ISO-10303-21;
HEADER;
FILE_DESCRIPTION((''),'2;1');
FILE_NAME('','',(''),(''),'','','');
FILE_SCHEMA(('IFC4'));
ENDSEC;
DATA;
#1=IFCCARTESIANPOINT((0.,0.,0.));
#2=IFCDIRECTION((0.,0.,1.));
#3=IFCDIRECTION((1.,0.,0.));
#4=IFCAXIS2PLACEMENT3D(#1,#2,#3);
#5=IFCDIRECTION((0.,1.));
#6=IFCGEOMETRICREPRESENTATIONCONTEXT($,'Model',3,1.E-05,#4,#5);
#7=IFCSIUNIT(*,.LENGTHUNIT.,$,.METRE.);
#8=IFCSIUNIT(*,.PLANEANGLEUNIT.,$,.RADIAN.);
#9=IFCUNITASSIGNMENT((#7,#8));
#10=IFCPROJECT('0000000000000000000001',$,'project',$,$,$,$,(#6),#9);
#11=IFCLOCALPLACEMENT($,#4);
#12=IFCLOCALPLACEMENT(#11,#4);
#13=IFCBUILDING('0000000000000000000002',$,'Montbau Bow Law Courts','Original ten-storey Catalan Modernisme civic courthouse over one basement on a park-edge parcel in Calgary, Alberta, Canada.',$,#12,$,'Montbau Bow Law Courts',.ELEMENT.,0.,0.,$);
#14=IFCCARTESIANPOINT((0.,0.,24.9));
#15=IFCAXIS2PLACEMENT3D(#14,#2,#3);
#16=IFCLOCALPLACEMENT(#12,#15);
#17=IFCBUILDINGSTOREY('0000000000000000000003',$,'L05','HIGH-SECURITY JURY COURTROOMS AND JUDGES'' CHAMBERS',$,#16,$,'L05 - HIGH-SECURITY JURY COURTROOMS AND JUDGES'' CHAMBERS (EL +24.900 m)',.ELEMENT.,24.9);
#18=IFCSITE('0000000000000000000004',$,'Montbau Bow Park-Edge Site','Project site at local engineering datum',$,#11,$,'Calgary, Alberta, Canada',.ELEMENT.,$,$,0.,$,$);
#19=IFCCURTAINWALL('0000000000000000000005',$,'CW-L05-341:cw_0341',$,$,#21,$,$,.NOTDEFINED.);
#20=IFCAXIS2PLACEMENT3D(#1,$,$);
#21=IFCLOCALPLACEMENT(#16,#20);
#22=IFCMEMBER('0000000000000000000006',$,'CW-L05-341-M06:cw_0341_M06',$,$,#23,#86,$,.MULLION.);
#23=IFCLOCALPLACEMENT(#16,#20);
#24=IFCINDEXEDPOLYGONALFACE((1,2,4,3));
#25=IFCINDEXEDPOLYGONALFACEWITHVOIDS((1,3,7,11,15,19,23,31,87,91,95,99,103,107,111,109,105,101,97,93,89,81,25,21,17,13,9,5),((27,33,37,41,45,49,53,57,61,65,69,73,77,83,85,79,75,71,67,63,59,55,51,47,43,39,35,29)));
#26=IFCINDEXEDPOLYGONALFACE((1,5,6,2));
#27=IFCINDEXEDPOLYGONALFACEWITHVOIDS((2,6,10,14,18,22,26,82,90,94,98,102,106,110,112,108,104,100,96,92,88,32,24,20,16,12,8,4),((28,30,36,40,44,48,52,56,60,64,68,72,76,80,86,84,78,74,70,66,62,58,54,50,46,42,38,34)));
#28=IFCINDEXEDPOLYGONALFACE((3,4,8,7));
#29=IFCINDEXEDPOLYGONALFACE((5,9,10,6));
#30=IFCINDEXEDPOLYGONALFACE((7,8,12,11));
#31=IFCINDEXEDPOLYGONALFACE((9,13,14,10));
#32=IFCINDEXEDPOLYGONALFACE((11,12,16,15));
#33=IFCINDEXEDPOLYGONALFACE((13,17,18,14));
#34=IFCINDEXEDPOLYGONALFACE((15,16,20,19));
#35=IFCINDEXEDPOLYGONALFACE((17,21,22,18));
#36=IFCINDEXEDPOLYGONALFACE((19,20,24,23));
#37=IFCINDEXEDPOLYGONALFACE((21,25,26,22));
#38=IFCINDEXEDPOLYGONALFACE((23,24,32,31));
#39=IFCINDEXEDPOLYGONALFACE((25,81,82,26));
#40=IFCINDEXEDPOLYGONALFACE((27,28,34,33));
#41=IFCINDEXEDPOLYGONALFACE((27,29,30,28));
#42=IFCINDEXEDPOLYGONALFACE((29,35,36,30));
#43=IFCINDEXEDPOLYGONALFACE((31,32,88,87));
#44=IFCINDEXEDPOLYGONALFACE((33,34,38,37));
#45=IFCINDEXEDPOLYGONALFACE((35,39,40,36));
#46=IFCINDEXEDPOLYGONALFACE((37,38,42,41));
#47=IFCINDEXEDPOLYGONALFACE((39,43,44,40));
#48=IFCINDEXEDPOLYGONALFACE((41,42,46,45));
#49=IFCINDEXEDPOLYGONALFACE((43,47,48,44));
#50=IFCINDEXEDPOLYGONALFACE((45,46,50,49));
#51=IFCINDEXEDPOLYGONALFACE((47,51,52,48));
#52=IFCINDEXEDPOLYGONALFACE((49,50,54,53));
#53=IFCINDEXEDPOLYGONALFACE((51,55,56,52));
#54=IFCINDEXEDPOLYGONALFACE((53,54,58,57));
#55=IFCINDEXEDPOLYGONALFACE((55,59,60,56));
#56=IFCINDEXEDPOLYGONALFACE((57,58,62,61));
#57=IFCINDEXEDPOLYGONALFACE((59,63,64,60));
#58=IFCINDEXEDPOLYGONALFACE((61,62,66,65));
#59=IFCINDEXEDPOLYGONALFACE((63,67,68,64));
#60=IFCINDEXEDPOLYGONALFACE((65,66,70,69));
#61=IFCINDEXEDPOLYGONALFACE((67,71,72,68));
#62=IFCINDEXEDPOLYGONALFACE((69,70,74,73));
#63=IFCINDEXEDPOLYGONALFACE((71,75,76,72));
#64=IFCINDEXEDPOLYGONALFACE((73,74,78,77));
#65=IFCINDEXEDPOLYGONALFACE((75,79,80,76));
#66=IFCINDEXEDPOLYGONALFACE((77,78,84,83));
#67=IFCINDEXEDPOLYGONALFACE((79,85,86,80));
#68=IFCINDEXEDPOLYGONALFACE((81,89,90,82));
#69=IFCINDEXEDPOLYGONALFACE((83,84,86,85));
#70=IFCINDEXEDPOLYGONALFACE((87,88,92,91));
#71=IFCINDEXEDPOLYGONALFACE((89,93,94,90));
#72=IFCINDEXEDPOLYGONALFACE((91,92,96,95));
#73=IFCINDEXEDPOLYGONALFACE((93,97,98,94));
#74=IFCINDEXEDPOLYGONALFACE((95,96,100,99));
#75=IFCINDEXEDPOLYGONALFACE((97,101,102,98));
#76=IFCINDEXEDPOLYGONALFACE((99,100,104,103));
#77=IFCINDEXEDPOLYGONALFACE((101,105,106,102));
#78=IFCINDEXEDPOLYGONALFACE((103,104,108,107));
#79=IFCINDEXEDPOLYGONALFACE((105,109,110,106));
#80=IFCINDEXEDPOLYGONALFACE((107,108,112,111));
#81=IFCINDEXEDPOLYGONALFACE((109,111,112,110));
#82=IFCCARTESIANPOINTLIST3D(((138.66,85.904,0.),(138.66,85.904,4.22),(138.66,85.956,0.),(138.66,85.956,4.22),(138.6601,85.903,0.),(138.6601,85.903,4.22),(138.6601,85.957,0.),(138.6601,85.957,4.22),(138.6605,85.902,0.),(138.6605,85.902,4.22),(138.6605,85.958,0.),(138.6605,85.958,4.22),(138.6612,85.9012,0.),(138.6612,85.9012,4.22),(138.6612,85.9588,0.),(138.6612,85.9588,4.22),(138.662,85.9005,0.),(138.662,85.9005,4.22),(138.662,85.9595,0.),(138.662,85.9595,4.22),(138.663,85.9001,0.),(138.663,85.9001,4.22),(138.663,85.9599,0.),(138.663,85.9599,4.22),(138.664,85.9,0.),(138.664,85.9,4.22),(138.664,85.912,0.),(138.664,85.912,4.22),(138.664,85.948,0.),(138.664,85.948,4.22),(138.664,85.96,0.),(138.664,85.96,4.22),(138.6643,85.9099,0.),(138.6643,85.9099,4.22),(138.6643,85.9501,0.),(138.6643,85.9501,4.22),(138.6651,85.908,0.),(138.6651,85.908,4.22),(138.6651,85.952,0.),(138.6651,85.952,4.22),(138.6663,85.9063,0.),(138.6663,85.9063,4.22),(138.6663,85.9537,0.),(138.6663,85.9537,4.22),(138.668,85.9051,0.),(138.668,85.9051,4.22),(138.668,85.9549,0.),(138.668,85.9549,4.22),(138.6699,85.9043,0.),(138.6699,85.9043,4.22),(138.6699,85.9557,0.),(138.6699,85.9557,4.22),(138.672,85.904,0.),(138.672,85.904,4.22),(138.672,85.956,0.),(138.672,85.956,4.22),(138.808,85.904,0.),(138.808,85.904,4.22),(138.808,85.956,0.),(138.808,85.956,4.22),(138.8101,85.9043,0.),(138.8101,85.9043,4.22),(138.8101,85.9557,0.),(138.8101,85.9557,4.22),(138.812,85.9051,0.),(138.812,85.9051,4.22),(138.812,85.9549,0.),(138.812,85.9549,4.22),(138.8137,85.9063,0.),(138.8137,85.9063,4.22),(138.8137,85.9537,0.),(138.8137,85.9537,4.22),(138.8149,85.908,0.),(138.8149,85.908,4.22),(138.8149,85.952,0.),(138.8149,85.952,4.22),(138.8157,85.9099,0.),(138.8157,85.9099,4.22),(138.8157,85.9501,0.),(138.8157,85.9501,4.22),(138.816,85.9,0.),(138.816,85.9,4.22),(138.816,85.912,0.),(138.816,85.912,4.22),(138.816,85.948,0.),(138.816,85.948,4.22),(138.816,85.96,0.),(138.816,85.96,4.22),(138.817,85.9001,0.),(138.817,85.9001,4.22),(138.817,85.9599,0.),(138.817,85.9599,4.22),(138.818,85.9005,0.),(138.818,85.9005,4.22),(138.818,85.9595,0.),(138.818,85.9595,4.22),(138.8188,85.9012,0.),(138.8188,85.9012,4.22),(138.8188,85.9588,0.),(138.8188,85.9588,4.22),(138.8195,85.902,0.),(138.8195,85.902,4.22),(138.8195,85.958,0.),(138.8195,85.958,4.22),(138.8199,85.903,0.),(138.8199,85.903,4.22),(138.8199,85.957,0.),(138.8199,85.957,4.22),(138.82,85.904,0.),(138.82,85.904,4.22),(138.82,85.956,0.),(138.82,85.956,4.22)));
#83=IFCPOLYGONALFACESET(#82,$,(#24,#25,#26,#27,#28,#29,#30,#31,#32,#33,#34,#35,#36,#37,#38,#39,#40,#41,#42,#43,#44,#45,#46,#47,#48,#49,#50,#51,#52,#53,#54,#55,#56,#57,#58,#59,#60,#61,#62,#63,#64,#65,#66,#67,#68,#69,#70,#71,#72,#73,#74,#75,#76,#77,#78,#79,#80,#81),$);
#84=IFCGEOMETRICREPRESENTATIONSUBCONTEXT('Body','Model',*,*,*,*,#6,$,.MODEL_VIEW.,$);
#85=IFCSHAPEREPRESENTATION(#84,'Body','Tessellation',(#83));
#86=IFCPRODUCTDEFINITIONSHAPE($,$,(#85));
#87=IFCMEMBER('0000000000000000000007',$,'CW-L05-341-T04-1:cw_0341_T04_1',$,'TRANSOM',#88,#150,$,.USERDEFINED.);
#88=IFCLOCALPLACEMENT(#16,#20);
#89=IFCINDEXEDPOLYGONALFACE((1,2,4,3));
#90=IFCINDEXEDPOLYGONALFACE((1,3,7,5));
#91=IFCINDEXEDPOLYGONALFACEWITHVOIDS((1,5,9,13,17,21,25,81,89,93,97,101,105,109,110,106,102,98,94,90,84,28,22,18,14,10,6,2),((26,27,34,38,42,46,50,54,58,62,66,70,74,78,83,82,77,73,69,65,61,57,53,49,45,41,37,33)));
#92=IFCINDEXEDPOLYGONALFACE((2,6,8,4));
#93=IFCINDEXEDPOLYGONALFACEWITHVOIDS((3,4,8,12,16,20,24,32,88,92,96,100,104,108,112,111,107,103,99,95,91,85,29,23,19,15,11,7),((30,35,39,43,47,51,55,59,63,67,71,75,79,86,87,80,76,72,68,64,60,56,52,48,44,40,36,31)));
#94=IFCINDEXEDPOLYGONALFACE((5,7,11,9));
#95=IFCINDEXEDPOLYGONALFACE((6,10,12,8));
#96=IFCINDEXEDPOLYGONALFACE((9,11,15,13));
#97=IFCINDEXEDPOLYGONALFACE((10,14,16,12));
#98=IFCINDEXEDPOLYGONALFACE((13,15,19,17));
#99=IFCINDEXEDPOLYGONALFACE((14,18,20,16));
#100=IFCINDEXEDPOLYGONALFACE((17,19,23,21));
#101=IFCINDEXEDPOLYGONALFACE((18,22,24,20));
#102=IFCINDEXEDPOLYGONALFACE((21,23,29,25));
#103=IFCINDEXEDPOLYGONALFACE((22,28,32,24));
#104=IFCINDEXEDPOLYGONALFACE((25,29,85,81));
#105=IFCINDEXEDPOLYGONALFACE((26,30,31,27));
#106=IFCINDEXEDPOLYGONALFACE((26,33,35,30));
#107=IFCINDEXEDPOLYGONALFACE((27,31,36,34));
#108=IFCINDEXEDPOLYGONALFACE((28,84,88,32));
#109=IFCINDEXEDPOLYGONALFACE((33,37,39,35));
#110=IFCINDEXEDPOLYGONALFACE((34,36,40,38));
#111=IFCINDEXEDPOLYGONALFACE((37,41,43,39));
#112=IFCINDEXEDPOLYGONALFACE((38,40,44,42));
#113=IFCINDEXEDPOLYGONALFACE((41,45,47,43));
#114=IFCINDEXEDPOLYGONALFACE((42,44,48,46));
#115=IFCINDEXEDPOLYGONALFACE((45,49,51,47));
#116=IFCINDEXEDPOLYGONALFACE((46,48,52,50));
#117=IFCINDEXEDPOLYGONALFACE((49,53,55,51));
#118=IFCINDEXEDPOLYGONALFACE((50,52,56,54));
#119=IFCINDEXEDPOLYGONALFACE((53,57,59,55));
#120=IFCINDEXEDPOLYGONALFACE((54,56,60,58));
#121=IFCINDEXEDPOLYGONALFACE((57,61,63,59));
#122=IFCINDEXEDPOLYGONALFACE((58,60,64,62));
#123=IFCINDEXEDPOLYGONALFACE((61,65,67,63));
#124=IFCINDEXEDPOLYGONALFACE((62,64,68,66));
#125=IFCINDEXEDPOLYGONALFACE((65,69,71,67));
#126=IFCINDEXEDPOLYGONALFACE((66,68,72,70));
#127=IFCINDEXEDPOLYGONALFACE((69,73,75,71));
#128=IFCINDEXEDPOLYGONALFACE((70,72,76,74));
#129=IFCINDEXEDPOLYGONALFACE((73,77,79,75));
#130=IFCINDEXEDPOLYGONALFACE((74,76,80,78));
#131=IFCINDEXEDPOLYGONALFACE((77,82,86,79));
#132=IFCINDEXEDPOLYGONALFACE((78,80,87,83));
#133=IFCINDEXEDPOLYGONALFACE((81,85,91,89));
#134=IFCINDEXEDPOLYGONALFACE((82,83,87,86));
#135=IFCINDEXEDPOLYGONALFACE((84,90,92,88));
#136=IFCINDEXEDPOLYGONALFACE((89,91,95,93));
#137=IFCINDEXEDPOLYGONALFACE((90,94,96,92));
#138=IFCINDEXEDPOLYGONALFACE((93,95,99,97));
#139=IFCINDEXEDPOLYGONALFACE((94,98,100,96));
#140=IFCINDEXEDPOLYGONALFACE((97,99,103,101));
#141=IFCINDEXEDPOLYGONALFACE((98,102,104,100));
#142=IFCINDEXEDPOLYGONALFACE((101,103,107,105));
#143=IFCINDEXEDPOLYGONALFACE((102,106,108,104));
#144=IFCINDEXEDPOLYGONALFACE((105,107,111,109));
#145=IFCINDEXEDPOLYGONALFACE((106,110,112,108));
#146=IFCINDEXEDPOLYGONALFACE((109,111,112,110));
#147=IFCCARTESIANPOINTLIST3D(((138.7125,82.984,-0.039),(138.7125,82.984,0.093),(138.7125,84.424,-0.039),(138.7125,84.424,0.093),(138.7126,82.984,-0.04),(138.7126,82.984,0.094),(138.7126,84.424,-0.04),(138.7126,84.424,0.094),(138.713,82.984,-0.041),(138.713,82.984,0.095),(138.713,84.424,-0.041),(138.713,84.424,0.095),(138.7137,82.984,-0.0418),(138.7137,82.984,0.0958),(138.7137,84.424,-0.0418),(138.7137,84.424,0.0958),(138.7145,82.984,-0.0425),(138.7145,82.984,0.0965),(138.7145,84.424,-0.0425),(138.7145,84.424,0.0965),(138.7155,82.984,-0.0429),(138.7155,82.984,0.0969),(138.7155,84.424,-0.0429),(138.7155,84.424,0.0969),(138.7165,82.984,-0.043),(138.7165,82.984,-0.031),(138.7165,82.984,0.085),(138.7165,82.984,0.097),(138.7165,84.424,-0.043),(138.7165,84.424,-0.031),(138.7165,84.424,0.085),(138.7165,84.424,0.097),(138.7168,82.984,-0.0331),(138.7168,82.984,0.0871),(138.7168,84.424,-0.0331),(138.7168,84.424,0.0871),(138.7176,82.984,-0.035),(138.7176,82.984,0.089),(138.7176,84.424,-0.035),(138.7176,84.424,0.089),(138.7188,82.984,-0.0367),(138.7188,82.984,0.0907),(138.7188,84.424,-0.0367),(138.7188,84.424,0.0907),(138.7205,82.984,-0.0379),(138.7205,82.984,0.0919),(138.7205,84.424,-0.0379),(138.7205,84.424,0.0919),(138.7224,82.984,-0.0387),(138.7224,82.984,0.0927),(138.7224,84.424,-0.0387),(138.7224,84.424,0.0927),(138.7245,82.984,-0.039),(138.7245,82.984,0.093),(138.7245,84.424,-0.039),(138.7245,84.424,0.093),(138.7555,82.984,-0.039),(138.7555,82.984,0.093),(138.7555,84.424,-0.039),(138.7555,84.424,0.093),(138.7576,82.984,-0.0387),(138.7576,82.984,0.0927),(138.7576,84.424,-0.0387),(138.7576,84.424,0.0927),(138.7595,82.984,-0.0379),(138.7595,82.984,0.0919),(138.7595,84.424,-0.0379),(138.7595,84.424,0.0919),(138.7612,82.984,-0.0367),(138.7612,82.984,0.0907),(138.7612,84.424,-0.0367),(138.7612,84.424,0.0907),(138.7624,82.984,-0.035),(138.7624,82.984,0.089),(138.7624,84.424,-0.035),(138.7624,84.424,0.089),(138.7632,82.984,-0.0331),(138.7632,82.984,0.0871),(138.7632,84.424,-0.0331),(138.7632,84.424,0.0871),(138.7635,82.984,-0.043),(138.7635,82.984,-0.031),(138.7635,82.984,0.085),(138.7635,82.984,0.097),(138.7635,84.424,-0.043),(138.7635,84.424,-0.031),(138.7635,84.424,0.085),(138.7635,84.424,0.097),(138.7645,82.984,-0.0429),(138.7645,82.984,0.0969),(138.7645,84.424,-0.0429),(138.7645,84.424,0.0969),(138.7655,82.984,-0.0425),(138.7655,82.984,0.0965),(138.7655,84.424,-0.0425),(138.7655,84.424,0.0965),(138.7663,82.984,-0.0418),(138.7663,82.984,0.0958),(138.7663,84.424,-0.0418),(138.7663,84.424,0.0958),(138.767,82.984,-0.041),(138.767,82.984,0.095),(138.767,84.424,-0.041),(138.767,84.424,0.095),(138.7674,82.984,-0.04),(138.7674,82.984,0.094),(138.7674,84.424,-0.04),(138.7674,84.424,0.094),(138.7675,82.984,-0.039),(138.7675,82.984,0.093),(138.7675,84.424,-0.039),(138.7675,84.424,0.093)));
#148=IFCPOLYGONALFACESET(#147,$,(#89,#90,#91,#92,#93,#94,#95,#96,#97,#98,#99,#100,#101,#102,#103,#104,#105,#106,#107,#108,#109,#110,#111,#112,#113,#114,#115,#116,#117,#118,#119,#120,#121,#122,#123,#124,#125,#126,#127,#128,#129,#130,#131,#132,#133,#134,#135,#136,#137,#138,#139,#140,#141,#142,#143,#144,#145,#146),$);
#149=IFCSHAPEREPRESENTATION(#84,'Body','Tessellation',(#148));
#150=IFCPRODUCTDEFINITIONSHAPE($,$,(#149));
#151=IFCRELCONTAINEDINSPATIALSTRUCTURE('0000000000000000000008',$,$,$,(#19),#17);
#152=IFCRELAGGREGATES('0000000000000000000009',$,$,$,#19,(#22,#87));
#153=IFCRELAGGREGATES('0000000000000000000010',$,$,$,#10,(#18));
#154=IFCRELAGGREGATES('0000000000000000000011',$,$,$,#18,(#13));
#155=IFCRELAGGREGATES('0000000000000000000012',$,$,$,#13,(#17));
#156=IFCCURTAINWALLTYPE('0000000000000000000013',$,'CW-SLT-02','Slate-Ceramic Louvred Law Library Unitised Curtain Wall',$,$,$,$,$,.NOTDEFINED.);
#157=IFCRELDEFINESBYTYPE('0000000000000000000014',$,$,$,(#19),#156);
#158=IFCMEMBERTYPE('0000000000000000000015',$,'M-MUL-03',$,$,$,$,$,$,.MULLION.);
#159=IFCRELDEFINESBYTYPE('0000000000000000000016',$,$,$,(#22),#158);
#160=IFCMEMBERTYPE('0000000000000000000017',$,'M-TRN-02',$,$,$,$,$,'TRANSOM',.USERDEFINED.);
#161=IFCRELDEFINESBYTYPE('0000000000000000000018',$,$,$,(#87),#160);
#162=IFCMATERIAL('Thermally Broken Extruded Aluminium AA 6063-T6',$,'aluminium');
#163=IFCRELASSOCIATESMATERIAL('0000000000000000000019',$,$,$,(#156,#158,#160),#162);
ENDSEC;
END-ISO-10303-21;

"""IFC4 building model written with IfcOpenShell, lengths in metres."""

from ifc_helpers import new_model, si_unit, direction, frame, origin_with_axes, origin_2d_with_axis, place, context, subcontext, project, spatial, hollow_rectangle, extrude, material, material_profile, profile_set, type_object, element, aggregate, save


model = new_model("IFC4")

# Units and contexts
model_context = context("Model", 3, precision=1e-05, world=origin_with_axes(), true_north=direction((0.0, 1.0)))
body_context = subcontext(model_context, "Body", "Model", "MODEL_VIEW")
ifc_project = project(units=[si_unit("LENGTHUNIT", "METRE"), si_unit("PLANEANGLEUNIT", "RADIAN")], contexts=[model_context])

# Site, building, storey
site_placement = place(None, origin_with_axes())
site = spatial("IfcSite", under=ifc_project, at=site_placement, Name="Montbau Bow Park-Edge Site", Description="Project site at local engineering datum", LongName="Calgary, Alberta, Canada", CompositionType="ELEMENT", RefElevation=0.0)
building_placement = place(site_placement, origin_with_axes())
building = spatial("IfcBuilding", under=site, at=building_placement, Name="Montbau Bow Law Courts", Description="Original ten-storey Catalan Modernisme civic courthouse over one basement on a park-edge parcel in Calgary, Alberta, Canada.", LongName="Montbau Bow Law Courts", CompositionType="ELEMENT", ElevationOfRefHeight=0.0, ElevationOfTerrain=0.0)
storey_placement = place(building_placement, frame((0.0, 0.0, 24.9), z_axis=(0.0, 0.0, 1.0), x_axis=(1.0, 0.0, 0.0)))
storey = spatial("IfcBuildingStorey", under=building, at=storey_placement, Name="L05", Description="HIGH-SECURITY JURY COURTROOMS AND JUDGES' CHAMBERS", LongName="L05 - HIGH-SECURITY JURY COURTROOMS AND JUDGES' CHAMBERS (EL +24.900 m)", CompositionType="ELEMENT", Elevation=24.9)

# Curtain wall, members
ifc_material_1 = material(Name="Thermally Broken Extruded Aluminium AA 6063-T6", Category="aluminium")
curtain_wall_type = type_object("IfcCurtainWallType", Name="CW-SLT-02", Description="Slate-Ceramic Louvred Law Library Unitised Curtain Wall", PredefinedType="NOTDEFINED", material=ifc_material_1)
curtain_wall_placement = place(None, frame((138.74, 78.44, 24.9), z_axis=(0.0, 0.0, 1.0), x_axis=(1.0, 0.0, 0.0)))
curtain_wall = element("IfcCurtainWall", 1, at=curtain_wall_placement, inside=storey, type_object=curtain_wall_type, Name="CW-L05-341:cw_0341", PredefinedType="NOTDEFINED")
ifc_material_profile_1 = material_profile(ifc_material_1, hollow_rectangle(XDim=0.06, YDim=0.16, WallThickness=0.004, InnerFilletRadius=0.008, OuterFilletRadius=0.004, at=origin_2d_with_axis()), Name="CWM-160X60", Category="Main", Priority=0)
ifc_profile_set_1 = profile_set([ifc_material_profile_1], Name="Thermally Broken Extruded Aluminium AA 6063-T6")
member_type_1 = type_object("IfcMemberType", Name="M-MUL-03", PredefinedType="MULLION", material=ifc_profile_set_1)
member_1_placement = place(None, frame((138.74, 85.93, 24.9), z_axis=(0.0, 0.0, 1.0), x_axis=(0.0, 1.0, 0.0)))
member_1 = element("IfcMember", 2, at=member_1_placement, type_object=member_type_1, Name="CW-L05-341-M06:cw_0341_M06", PredefinedType="MULLION", context=body_context, shape_type="SweptSolid", body=[
    extrude(hollow_rectangle(XDim=0.06, YDim=0.16, WallThickness=0.004, InnerFilletRadius=0.008, OuterFilletRadius=0.004, at=origin_2d_with_axis()), origin_with_axes(), (0.0, 0.0, 1.0), 4.22),
])
ifc_material_profile_2 = material_profile(ifc_material_1, hollow_rectangle(XDim=0.055, YDim=0.14, WallThickness=0.004, InnerFilletRadius=0.008, OuterFilletRadius=0.004, at=origin_2d_with_axis()), Name="CWT-140X55", Category="Main", Priority=0)
ifc_profile_set_2 = profile_set([ifc_material_profile_2], Name="Thermally Broken Extruded Aluminium AA 6063-T6")
member_type_2 = type_object("IfcMemberType", Name="M-TRN-02", ElementType="TRANSOM", PredefinedType="USERDEFINED", material=ifc_profile_set_2)
member_2_placement = place(None, frame((138.74, 82.984, 24.927), z_axis=(0.0, 1.0, 0.0), x_axis=(-1.0, 0.0, 0.0)))
member_2 = element("IfcMember", 3, at=member_2_placement, type_object=member_type_2, Name="CW-L05-341-T04-1:cw_0341_T04_1", ObjectType="TRANSOM", PredefinedType="USERDEFINED", context=body_context, shape_type="SweptSolid", body=[
    extrude(hollow_rectangle(XDim=0.055, YDim=0.14, WallThickness=0.004, InnerFilletRadius=0.008, OuterFilletRadius=0.004, at=origin_2d_with_axis()), origin_with_axes(), (0.0, 0.0, 1.0), 1.44),
])
aggregate(curtain_wall, [member_1, member_2])

save(model, "model.ifc")
